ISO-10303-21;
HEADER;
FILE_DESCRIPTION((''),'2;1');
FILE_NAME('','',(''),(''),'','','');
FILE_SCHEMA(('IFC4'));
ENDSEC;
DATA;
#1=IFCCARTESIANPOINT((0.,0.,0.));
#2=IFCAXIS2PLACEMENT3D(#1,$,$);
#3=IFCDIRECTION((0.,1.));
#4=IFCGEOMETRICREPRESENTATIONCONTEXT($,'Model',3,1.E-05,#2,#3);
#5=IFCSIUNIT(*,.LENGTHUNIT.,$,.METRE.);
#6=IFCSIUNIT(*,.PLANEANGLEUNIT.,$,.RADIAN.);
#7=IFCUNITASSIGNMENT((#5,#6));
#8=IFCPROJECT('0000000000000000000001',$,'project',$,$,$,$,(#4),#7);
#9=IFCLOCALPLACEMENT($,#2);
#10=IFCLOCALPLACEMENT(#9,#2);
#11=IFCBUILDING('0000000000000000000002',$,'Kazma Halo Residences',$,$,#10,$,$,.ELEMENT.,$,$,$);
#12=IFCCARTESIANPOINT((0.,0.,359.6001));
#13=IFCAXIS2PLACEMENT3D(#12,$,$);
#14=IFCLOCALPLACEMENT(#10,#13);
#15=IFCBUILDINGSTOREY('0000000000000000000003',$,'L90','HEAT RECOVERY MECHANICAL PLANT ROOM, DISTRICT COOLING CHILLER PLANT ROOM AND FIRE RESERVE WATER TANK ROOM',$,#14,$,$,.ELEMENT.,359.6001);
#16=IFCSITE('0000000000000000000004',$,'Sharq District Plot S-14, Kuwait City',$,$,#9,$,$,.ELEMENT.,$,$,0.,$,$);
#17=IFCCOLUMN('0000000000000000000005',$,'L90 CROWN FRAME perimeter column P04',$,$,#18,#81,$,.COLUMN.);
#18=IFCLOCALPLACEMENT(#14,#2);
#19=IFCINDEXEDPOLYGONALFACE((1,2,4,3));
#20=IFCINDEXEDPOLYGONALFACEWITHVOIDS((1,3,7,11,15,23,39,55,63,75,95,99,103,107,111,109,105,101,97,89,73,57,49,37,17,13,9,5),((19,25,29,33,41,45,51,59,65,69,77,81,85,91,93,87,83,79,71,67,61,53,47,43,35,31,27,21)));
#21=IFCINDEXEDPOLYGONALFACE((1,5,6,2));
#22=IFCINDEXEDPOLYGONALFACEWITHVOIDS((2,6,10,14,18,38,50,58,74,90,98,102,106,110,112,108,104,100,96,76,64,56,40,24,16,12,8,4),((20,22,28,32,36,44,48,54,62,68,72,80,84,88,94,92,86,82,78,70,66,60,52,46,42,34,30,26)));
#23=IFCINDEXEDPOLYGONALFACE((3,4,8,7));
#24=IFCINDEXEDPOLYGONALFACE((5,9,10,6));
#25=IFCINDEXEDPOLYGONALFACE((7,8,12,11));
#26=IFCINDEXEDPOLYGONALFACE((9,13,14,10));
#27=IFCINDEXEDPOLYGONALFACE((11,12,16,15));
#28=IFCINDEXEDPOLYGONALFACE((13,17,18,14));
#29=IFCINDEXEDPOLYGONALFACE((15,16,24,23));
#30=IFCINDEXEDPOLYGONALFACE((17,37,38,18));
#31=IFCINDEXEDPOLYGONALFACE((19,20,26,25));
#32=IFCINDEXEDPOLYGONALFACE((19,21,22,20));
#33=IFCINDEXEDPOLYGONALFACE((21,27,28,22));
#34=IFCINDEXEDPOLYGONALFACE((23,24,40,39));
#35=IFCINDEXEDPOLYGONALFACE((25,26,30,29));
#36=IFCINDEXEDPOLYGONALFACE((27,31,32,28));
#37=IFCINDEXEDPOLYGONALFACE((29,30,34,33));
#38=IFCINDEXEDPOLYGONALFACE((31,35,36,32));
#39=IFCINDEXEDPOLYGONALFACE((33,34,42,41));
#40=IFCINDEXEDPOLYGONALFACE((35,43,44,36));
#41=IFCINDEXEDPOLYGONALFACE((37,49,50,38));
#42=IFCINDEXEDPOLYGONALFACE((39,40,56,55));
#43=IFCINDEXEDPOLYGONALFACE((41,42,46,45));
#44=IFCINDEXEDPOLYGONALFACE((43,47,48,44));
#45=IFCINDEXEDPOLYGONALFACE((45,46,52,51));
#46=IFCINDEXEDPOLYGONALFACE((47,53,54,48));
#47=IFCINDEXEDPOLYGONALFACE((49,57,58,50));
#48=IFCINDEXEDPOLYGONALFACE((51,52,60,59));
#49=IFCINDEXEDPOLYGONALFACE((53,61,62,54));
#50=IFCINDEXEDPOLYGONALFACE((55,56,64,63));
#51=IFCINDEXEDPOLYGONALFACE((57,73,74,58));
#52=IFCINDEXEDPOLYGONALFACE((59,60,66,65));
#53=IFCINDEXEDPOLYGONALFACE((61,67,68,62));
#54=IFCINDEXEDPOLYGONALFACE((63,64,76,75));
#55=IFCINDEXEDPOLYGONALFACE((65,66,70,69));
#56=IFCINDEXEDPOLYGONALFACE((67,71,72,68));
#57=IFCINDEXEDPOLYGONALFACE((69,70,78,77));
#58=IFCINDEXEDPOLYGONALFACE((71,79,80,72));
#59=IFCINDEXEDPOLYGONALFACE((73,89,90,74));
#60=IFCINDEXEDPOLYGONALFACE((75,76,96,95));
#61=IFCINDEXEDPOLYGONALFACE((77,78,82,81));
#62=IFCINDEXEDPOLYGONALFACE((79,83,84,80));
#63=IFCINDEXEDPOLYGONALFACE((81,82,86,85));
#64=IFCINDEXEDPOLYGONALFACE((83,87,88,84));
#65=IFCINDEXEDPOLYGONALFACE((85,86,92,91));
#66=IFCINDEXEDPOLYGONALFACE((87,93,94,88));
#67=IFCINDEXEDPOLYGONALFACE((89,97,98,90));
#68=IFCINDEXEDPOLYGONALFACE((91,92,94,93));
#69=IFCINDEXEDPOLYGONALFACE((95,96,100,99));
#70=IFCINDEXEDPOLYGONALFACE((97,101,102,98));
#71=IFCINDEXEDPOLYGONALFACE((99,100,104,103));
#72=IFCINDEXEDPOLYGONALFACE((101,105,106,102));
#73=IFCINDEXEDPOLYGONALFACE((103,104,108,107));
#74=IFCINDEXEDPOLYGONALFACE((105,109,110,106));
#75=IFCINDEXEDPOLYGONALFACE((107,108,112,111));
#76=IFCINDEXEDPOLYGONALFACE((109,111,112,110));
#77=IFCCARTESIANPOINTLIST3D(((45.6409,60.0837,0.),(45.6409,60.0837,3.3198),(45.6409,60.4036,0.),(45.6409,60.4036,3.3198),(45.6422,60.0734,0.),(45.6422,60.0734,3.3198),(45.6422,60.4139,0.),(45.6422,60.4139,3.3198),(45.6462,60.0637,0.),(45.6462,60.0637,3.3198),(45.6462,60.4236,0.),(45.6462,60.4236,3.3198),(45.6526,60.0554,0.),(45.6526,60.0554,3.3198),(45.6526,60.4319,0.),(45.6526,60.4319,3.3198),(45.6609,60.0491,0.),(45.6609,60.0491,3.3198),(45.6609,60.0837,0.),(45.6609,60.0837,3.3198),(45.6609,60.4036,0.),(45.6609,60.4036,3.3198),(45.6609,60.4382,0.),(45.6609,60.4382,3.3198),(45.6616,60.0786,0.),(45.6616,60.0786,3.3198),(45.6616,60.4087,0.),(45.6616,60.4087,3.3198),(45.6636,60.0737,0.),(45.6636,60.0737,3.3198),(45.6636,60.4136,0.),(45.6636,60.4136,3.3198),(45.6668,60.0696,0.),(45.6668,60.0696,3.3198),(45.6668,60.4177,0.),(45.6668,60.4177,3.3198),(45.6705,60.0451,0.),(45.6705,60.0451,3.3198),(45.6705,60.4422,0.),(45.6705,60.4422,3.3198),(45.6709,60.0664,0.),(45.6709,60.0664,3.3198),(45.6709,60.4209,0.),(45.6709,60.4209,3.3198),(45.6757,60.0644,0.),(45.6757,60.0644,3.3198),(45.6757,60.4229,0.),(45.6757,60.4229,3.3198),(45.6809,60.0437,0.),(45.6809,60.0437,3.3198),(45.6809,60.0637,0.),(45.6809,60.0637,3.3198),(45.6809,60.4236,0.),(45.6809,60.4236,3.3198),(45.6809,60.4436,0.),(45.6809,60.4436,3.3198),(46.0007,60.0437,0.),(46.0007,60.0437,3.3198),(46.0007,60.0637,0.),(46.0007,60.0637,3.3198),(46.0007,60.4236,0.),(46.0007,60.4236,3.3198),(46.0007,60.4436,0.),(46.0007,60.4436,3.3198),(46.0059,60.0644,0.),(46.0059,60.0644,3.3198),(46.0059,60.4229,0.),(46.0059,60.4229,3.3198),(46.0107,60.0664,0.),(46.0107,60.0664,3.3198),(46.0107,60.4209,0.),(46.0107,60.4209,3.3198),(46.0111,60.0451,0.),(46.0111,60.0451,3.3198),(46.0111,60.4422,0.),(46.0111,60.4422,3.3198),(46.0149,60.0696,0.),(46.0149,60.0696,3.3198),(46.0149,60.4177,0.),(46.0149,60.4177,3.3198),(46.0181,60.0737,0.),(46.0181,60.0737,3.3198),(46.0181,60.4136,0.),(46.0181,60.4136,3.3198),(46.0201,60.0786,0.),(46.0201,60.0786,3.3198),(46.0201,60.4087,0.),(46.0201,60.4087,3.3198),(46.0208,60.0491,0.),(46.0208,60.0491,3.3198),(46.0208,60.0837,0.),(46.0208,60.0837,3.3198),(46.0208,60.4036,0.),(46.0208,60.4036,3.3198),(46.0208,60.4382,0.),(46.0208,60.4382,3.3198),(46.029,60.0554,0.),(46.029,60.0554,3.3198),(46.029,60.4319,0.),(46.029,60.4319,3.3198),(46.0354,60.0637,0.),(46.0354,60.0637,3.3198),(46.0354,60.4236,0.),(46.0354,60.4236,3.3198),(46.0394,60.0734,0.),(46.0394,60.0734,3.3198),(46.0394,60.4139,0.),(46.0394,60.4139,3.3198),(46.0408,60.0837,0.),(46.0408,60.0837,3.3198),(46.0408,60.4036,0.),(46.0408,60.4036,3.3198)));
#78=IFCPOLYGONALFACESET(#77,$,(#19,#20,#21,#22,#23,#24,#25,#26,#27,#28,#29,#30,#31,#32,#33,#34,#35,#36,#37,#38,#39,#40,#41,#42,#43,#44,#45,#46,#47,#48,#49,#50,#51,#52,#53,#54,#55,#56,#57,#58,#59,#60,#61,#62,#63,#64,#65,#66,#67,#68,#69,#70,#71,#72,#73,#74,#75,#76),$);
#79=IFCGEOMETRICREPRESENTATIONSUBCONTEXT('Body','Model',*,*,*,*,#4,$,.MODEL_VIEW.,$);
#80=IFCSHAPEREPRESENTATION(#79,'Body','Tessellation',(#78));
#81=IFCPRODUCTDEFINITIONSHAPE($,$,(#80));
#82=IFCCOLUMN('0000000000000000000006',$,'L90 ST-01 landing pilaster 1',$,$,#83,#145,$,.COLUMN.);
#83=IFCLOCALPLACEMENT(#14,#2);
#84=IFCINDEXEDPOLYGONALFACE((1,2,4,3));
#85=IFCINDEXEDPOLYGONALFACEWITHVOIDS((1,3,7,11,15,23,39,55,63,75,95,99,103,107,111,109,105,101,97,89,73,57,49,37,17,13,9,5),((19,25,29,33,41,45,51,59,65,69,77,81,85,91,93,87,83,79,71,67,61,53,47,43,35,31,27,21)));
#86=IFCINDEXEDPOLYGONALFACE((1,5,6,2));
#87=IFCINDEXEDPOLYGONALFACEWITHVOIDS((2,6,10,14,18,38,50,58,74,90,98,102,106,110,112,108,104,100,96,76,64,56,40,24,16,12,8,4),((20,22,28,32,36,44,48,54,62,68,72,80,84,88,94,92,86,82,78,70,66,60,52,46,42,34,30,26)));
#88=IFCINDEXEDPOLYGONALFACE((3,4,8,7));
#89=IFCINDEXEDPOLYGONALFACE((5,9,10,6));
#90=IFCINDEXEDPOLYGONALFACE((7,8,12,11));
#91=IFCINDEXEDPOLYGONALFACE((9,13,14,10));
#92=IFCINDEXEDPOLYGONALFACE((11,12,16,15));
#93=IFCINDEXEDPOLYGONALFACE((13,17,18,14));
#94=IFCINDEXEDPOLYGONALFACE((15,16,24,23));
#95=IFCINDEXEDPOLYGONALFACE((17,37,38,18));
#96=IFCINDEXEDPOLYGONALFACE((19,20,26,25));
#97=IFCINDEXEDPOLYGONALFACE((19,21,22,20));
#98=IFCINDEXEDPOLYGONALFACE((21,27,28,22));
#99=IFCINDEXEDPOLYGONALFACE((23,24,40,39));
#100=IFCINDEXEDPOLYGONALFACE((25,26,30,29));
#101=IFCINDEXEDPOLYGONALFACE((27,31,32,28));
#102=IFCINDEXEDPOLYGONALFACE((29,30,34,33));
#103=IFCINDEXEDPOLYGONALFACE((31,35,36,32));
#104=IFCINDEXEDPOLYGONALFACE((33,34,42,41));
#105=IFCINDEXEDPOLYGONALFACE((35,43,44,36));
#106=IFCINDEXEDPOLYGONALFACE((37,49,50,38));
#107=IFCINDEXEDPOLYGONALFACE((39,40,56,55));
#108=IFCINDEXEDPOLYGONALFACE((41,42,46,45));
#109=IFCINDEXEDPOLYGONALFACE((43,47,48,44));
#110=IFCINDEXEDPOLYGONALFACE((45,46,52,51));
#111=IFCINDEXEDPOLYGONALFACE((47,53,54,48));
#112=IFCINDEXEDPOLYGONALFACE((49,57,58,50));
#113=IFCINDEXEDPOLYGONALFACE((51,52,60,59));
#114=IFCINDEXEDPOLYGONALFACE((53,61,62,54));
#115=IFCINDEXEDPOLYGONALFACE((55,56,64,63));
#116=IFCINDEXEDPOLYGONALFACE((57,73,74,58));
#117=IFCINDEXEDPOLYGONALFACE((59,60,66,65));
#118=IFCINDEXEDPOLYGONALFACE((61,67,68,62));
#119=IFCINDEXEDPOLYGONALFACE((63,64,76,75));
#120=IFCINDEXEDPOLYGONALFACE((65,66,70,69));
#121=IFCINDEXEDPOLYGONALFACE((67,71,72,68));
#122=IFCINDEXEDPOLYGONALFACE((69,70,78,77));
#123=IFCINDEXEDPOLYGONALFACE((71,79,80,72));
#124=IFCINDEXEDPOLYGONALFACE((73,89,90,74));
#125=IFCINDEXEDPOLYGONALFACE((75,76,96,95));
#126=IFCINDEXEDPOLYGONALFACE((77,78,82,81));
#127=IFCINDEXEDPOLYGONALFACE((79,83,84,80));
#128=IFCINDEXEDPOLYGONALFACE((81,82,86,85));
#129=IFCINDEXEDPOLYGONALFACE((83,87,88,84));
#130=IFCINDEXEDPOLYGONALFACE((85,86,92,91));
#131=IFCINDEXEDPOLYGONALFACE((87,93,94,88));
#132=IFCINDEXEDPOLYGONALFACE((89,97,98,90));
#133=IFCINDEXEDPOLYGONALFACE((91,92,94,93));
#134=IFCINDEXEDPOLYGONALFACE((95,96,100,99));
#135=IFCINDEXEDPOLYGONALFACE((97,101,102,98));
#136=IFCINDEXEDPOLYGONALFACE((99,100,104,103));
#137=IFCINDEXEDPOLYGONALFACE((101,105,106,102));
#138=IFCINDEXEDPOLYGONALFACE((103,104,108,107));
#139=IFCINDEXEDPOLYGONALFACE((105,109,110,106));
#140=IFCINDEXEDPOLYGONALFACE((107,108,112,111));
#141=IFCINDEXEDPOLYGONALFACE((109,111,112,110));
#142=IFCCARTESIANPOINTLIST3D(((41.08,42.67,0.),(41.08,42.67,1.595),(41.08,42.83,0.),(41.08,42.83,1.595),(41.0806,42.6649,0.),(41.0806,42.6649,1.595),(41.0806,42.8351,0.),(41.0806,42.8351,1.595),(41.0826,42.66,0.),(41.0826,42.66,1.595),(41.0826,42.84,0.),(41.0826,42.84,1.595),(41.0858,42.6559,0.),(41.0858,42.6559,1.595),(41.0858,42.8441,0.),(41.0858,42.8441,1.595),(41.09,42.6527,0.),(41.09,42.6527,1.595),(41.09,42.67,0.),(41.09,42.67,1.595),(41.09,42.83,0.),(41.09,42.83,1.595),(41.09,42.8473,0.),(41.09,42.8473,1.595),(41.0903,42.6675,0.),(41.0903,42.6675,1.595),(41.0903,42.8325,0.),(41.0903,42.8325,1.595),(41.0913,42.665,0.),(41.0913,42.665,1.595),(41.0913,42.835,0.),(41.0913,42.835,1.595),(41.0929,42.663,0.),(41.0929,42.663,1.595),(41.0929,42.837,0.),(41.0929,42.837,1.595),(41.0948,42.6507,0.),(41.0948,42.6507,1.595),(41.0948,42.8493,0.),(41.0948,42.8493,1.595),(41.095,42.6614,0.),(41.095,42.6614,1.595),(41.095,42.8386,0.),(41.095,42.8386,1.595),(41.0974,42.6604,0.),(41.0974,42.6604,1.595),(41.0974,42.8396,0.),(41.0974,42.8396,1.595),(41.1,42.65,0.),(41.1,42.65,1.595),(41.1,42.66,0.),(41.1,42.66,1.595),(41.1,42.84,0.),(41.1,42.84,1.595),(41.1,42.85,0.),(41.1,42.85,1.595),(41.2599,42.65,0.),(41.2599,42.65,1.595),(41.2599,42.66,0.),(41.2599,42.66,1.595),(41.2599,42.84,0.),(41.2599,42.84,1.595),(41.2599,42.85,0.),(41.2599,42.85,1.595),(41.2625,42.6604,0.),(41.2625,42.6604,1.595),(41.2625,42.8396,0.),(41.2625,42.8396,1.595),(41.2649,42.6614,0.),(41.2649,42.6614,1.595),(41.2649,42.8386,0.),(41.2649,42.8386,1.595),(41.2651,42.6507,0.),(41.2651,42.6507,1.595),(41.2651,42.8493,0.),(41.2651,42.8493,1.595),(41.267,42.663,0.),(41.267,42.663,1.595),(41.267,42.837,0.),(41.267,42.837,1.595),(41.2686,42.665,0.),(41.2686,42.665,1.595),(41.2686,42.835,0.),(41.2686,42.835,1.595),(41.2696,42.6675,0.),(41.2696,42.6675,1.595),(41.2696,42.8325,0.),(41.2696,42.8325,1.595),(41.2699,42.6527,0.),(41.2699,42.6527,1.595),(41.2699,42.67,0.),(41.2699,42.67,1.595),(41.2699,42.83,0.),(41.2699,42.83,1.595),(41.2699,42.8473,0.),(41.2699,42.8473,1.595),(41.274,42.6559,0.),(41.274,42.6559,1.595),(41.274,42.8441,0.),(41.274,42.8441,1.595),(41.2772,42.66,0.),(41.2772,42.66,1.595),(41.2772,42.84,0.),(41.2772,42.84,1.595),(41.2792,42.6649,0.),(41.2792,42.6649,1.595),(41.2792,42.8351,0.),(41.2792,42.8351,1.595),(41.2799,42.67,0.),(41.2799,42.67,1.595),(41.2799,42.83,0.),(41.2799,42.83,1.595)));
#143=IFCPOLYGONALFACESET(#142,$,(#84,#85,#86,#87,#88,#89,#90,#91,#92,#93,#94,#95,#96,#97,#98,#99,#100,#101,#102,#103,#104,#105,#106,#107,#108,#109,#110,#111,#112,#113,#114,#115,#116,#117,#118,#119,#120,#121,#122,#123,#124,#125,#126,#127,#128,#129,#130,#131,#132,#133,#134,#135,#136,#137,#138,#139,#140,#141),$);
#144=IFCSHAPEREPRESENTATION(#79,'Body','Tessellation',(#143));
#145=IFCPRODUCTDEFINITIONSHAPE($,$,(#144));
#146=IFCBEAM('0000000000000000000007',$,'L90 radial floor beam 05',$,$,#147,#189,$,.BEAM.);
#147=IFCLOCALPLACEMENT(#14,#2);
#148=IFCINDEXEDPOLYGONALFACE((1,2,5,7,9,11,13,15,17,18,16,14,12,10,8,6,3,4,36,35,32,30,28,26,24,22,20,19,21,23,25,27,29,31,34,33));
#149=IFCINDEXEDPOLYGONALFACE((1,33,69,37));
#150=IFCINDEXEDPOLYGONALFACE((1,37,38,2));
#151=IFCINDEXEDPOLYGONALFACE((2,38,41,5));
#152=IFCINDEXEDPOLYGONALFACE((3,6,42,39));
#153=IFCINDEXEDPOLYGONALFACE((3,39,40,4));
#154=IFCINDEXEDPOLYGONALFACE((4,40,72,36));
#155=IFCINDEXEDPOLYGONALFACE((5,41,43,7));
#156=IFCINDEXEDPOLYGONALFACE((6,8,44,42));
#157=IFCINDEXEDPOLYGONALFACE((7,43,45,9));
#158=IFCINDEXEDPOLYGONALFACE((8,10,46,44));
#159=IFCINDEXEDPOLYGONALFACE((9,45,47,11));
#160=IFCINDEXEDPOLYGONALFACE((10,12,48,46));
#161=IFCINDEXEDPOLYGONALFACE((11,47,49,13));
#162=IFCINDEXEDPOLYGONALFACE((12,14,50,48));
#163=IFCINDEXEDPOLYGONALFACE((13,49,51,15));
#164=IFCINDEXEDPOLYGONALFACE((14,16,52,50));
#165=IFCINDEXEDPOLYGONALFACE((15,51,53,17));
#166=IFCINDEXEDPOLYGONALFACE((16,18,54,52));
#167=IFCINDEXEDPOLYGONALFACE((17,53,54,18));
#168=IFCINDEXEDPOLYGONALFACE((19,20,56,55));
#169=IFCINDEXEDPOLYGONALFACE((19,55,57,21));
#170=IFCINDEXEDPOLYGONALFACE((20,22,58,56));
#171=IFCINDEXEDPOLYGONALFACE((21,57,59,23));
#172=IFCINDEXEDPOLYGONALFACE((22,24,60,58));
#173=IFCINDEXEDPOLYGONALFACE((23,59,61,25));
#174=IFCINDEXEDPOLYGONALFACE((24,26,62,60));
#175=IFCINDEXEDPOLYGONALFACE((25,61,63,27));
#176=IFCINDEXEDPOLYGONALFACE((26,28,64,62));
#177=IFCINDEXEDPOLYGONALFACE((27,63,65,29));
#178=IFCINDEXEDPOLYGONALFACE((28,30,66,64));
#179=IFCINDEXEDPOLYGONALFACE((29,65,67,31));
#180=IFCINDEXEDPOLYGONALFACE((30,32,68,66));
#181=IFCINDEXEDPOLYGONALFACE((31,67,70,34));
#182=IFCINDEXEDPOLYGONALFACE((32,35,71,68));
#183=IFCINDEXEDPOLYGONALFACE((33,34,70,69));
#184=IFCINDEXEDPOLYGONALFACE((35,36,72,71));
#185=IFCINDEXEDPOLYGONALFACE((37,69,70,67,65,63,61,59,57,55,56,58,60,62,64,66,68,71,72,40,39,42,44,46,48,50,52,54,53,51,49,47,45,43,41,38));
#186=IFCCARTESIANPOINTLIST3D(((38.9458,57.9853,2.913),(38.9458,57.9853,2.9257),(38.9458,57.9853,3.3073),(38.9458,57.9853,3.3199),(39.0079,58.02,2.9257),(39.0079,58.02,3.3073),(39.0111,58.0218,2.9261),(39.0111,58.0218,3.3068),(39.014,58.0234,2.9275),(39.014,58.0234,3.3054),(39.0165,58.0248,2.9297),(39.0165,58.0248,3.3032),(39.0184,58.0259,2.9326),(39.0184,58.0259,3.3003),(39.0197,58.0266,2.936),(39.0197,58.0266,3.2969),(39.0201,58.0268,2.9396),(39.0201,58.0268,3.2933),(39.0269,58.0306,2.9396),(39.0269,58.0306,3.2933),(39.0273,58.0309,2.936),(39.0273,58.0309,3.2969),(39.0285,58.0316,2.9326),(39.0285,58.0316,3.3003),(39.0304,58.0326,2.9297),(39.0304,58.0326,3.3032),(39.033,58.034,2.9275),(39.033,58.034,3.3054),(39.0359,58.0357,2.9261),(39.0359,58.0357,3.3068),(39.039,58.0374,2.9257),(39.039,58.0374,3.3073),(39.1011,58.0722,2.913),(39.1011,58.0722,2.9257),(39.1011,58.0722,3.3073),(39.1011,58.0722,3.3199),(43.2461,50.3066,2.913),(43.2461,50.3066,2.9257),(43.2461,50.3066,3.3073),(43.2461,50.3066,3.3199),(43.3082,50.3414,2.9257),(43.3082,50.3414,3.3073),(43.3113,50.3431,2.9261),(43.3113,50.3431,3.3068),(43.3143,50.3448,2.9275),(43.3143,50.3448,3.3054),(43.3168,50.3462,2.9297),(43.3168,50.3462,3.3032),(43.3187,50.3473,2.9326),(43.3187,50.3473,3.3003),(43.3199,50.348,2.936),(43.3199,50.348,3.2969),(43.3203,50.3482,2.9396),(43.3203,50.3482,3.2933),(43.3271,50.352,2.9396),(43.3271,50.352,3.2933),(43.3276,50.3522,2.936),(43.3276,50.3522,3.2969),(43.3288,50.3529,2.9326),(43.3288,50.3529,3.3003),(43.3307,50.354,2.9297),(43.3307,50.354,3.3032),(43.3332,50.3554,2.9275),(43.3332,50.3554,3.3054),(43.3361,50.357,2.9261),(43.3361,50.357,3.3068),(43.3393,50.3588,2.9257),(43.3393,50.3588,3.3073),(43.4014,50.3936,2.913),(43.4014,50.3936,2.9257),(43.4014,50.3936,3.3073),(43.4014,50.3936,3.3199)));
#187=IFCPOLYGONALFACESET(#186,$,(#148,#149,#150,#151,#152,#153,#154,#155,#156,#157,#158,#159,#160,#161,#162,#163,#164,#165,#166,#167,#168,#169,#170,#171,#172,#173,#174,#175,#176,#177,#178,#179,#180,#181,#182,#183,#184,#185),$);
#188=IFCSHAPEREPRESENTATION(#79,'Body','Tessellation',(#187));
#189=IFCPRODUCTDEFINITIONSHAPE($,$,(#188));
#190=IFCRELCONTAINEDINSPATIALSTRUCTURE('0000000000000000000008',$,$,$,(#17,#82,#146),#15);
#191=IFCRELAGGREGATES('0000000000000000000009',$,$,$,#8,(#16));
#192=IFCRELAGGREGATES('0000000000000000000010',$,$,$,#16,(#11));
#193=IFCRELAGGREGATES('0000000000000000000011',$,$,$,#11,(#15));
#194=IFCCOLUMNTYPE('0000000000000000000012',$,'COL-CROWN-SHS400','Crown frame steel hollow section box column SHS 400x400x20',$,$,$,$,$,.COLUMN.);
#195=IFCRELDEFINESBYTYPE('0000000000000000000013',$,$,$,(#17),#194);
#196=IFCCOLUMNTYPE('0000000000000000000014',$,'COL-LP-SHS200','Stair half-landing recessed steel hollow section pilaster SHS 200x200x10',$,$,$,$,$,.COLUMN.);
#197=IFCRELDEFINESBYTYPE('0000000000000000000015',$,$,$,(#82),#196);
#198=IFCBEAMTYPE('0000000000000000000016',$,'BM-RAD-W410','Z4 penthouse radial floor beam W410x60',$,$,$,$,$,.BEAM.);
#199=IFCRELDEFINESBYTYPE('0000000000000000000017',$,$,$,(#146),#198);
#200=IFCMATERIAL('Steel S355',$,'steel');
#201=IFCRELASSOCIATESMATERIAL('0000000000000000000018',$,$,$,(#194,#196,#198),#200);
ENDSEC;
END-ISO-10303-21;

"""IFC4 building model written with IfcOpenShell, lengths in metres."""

from ifc_helpers import new_model, si_unit, direction, frame, origin, origin_2d, place, context, subcontext, project, spatial, hollow_rectangle, i_section, extrude, material, material_profile, profile_set, type_object, element, save


model = new_model("IFC4")

# Units and contexts
model_context = context("Model", 3, precision=1e-05, world=origin(), true_north=direction((0.0, 1.0)))
body_context = subcontext(model_context, "Body", "Model", "MODEL_VIEW")
ifc_project = project(units=[si_unit("LENGTHUNIT", "METRE"), si_unit("PLANEANGLEUNIT", "RADIAN")], contexts=[model_context])

# Site, building, storey
site_placement = place(None, origin())
site = spatial("IfcSite", under=ifc_project, at=site_placement, Name="Sharq District Plot S-14, Kuwait City", CompositionType="ELEMENT", RefElevation=0.0)
building_placement = place(site_placement, origin())
building = spatial("IfcBuilding", under=site, at=building_placement, Name="Kazma Halo Residences", CompositionType="ELEMENT")
storey_placement = place(building_placement, frame((0.0, 0.0, 359.6001)))
storey = spatial("IfcBuildingStorey", under=building, at=storey_placement, Name="L90", Description="HEAT RECOVERY MECHANICAL PLANT ROOM, DISTRICT COOLING CHILLER PLANT ROOM AND FIRE RESERVE WATER TANK ROOM", CompositionType="ELEMENT", Elevation=359.6001)

# Columns
ifc_material_1 = material(Name="Steel S355", Category="steel")
ifc_material_profile_1 = material_profile(ifc_material_1, hollow_rectangle(XDim=0.3999, YDim=0.3999, WallThickness=0.02, InnerFilletRadius=0.02, OuterFilletRadius=0.04, at=origin_2d()), Name="SHS400x400x20")
ifc_profile_set_1 = profile_set([ifc_material_profile_1], Name="Steel S355")
column_type_1 = type_object("IfcColumnType", Name="COL-CROWN-SHS400", Description="Crown frame steel hollow section box column SHS 400x400x20", PredefinedType="COLUMN", material=ifc_profile_set_1)
column_1_placement = place(storey_placement, frame((45.8408, 60.2437, 0.0), z_axis=(0.0, 0.0, 1.0), x_axis=(1.0, 0.0, 0.0)))
element("IfcColumn", 1, at=column_1_placement, inside=storey, type_object=column_type_1, Name="L90 CROWN FRAME perimeter column P04", PredefinedType="COLUMN", context=body_context, shape_type="SweptSolid", body=[
    extrude(hollow_rectangle(XDim=0.3999, YDim=0.3999, WallThickness=0.02, InnerFilletRadius=0.02, OuterFilletRadius=0.04, at=origin_2d()), origin(), (0.0, 0.0, 1.0), 3.3198),
])
ifc_material_profile_2 = material_profile(ifc_material_1, hollow_rectangle(XDim=0.2, YDim=0.2, WallThickness=0.01, InnerFilletRadius=0.01, OuterFilletRadius=0.02, at=origin_2d()), Name="SHS200x200x10")
ifc_profile_set_2 = profile_set([ifc_material_profile_2], Name="Steel S355")
column_type_2 = type_object("IfcColumnType", Name="COL-LP-SHS200", Description="Stair half-landing recessed steel hollow section pilaster SHS 200x200x10", PredefinedType="COLUMN", material=ifc_profile_set_2)
column_2_placement = place(storey_placement, frame((41.1799, 42.75, 0.0), z_axis=(0.0, 0.0, 1.0), x_axis=(1.0, 0.0, 0.0)))
element("IfcColumn", 2, at=column_2_placement, inside=storey, type_object=column_type_2, Name="L90 ST-01 landing pilaster 1", PredefinedType="COLUMN", context=body_context, shape_type="SweptSolid", body=[
    extrude(hollow_rectangle(XDim=0.2, YDim=0.2, WallThickness=0.01, InnerFilletRadius=0.01, OuterFilletRadius=0.02, at=origin_2d()), origin(), (0.0, 0.0, 1.0), 1.595),
])

# Beam
ifc_material_profile_3 = material_profile(ifc_material_1, i_section(OverallWidth=0.178, OverallDepth=0.407, WebThickness=0.0078, FlangeThickness=0.0127, FilletRadius=0.0139, at=origin_2d()), Name="W410x60")
ifc_profile_set_3 = profile_set([ifc_material_profile_3], Name="Steel S355")
beam_type_1 = type_object("IfcBeamType", Name="BM-RAD-W410", Description="Z4 penthouse radial floor beam W410x60", PredefinedType="BEAM", material=ifc_profile_set_3)
beam_1_placement = place(storey_placement, frame((43.3237, 50.3501, 3.1165), z_axis=(-0.488622, 0.872496, 0.0), x_axis=(-0.872496, -0.488622, 0.0)))
element("IfcBeam", 3, at=beam_1_placement, inside=storey, type_object=beam_type_1, Name="L90 radial floor beam 05", PredefinedType="BEAM", context=body_context, shape_type="SweptSolid", body=[
    extrude(i_section(OverallWidth=0.178, OverallDepth=0.407, WebThickness=0.0078, FlangeThickness=0.0127, FilletRadius=0.0139, at=origin_2d()), origin(), (0.0, 0.0, 1.0), 8.8008),
])

save(model, "model.ifc")
